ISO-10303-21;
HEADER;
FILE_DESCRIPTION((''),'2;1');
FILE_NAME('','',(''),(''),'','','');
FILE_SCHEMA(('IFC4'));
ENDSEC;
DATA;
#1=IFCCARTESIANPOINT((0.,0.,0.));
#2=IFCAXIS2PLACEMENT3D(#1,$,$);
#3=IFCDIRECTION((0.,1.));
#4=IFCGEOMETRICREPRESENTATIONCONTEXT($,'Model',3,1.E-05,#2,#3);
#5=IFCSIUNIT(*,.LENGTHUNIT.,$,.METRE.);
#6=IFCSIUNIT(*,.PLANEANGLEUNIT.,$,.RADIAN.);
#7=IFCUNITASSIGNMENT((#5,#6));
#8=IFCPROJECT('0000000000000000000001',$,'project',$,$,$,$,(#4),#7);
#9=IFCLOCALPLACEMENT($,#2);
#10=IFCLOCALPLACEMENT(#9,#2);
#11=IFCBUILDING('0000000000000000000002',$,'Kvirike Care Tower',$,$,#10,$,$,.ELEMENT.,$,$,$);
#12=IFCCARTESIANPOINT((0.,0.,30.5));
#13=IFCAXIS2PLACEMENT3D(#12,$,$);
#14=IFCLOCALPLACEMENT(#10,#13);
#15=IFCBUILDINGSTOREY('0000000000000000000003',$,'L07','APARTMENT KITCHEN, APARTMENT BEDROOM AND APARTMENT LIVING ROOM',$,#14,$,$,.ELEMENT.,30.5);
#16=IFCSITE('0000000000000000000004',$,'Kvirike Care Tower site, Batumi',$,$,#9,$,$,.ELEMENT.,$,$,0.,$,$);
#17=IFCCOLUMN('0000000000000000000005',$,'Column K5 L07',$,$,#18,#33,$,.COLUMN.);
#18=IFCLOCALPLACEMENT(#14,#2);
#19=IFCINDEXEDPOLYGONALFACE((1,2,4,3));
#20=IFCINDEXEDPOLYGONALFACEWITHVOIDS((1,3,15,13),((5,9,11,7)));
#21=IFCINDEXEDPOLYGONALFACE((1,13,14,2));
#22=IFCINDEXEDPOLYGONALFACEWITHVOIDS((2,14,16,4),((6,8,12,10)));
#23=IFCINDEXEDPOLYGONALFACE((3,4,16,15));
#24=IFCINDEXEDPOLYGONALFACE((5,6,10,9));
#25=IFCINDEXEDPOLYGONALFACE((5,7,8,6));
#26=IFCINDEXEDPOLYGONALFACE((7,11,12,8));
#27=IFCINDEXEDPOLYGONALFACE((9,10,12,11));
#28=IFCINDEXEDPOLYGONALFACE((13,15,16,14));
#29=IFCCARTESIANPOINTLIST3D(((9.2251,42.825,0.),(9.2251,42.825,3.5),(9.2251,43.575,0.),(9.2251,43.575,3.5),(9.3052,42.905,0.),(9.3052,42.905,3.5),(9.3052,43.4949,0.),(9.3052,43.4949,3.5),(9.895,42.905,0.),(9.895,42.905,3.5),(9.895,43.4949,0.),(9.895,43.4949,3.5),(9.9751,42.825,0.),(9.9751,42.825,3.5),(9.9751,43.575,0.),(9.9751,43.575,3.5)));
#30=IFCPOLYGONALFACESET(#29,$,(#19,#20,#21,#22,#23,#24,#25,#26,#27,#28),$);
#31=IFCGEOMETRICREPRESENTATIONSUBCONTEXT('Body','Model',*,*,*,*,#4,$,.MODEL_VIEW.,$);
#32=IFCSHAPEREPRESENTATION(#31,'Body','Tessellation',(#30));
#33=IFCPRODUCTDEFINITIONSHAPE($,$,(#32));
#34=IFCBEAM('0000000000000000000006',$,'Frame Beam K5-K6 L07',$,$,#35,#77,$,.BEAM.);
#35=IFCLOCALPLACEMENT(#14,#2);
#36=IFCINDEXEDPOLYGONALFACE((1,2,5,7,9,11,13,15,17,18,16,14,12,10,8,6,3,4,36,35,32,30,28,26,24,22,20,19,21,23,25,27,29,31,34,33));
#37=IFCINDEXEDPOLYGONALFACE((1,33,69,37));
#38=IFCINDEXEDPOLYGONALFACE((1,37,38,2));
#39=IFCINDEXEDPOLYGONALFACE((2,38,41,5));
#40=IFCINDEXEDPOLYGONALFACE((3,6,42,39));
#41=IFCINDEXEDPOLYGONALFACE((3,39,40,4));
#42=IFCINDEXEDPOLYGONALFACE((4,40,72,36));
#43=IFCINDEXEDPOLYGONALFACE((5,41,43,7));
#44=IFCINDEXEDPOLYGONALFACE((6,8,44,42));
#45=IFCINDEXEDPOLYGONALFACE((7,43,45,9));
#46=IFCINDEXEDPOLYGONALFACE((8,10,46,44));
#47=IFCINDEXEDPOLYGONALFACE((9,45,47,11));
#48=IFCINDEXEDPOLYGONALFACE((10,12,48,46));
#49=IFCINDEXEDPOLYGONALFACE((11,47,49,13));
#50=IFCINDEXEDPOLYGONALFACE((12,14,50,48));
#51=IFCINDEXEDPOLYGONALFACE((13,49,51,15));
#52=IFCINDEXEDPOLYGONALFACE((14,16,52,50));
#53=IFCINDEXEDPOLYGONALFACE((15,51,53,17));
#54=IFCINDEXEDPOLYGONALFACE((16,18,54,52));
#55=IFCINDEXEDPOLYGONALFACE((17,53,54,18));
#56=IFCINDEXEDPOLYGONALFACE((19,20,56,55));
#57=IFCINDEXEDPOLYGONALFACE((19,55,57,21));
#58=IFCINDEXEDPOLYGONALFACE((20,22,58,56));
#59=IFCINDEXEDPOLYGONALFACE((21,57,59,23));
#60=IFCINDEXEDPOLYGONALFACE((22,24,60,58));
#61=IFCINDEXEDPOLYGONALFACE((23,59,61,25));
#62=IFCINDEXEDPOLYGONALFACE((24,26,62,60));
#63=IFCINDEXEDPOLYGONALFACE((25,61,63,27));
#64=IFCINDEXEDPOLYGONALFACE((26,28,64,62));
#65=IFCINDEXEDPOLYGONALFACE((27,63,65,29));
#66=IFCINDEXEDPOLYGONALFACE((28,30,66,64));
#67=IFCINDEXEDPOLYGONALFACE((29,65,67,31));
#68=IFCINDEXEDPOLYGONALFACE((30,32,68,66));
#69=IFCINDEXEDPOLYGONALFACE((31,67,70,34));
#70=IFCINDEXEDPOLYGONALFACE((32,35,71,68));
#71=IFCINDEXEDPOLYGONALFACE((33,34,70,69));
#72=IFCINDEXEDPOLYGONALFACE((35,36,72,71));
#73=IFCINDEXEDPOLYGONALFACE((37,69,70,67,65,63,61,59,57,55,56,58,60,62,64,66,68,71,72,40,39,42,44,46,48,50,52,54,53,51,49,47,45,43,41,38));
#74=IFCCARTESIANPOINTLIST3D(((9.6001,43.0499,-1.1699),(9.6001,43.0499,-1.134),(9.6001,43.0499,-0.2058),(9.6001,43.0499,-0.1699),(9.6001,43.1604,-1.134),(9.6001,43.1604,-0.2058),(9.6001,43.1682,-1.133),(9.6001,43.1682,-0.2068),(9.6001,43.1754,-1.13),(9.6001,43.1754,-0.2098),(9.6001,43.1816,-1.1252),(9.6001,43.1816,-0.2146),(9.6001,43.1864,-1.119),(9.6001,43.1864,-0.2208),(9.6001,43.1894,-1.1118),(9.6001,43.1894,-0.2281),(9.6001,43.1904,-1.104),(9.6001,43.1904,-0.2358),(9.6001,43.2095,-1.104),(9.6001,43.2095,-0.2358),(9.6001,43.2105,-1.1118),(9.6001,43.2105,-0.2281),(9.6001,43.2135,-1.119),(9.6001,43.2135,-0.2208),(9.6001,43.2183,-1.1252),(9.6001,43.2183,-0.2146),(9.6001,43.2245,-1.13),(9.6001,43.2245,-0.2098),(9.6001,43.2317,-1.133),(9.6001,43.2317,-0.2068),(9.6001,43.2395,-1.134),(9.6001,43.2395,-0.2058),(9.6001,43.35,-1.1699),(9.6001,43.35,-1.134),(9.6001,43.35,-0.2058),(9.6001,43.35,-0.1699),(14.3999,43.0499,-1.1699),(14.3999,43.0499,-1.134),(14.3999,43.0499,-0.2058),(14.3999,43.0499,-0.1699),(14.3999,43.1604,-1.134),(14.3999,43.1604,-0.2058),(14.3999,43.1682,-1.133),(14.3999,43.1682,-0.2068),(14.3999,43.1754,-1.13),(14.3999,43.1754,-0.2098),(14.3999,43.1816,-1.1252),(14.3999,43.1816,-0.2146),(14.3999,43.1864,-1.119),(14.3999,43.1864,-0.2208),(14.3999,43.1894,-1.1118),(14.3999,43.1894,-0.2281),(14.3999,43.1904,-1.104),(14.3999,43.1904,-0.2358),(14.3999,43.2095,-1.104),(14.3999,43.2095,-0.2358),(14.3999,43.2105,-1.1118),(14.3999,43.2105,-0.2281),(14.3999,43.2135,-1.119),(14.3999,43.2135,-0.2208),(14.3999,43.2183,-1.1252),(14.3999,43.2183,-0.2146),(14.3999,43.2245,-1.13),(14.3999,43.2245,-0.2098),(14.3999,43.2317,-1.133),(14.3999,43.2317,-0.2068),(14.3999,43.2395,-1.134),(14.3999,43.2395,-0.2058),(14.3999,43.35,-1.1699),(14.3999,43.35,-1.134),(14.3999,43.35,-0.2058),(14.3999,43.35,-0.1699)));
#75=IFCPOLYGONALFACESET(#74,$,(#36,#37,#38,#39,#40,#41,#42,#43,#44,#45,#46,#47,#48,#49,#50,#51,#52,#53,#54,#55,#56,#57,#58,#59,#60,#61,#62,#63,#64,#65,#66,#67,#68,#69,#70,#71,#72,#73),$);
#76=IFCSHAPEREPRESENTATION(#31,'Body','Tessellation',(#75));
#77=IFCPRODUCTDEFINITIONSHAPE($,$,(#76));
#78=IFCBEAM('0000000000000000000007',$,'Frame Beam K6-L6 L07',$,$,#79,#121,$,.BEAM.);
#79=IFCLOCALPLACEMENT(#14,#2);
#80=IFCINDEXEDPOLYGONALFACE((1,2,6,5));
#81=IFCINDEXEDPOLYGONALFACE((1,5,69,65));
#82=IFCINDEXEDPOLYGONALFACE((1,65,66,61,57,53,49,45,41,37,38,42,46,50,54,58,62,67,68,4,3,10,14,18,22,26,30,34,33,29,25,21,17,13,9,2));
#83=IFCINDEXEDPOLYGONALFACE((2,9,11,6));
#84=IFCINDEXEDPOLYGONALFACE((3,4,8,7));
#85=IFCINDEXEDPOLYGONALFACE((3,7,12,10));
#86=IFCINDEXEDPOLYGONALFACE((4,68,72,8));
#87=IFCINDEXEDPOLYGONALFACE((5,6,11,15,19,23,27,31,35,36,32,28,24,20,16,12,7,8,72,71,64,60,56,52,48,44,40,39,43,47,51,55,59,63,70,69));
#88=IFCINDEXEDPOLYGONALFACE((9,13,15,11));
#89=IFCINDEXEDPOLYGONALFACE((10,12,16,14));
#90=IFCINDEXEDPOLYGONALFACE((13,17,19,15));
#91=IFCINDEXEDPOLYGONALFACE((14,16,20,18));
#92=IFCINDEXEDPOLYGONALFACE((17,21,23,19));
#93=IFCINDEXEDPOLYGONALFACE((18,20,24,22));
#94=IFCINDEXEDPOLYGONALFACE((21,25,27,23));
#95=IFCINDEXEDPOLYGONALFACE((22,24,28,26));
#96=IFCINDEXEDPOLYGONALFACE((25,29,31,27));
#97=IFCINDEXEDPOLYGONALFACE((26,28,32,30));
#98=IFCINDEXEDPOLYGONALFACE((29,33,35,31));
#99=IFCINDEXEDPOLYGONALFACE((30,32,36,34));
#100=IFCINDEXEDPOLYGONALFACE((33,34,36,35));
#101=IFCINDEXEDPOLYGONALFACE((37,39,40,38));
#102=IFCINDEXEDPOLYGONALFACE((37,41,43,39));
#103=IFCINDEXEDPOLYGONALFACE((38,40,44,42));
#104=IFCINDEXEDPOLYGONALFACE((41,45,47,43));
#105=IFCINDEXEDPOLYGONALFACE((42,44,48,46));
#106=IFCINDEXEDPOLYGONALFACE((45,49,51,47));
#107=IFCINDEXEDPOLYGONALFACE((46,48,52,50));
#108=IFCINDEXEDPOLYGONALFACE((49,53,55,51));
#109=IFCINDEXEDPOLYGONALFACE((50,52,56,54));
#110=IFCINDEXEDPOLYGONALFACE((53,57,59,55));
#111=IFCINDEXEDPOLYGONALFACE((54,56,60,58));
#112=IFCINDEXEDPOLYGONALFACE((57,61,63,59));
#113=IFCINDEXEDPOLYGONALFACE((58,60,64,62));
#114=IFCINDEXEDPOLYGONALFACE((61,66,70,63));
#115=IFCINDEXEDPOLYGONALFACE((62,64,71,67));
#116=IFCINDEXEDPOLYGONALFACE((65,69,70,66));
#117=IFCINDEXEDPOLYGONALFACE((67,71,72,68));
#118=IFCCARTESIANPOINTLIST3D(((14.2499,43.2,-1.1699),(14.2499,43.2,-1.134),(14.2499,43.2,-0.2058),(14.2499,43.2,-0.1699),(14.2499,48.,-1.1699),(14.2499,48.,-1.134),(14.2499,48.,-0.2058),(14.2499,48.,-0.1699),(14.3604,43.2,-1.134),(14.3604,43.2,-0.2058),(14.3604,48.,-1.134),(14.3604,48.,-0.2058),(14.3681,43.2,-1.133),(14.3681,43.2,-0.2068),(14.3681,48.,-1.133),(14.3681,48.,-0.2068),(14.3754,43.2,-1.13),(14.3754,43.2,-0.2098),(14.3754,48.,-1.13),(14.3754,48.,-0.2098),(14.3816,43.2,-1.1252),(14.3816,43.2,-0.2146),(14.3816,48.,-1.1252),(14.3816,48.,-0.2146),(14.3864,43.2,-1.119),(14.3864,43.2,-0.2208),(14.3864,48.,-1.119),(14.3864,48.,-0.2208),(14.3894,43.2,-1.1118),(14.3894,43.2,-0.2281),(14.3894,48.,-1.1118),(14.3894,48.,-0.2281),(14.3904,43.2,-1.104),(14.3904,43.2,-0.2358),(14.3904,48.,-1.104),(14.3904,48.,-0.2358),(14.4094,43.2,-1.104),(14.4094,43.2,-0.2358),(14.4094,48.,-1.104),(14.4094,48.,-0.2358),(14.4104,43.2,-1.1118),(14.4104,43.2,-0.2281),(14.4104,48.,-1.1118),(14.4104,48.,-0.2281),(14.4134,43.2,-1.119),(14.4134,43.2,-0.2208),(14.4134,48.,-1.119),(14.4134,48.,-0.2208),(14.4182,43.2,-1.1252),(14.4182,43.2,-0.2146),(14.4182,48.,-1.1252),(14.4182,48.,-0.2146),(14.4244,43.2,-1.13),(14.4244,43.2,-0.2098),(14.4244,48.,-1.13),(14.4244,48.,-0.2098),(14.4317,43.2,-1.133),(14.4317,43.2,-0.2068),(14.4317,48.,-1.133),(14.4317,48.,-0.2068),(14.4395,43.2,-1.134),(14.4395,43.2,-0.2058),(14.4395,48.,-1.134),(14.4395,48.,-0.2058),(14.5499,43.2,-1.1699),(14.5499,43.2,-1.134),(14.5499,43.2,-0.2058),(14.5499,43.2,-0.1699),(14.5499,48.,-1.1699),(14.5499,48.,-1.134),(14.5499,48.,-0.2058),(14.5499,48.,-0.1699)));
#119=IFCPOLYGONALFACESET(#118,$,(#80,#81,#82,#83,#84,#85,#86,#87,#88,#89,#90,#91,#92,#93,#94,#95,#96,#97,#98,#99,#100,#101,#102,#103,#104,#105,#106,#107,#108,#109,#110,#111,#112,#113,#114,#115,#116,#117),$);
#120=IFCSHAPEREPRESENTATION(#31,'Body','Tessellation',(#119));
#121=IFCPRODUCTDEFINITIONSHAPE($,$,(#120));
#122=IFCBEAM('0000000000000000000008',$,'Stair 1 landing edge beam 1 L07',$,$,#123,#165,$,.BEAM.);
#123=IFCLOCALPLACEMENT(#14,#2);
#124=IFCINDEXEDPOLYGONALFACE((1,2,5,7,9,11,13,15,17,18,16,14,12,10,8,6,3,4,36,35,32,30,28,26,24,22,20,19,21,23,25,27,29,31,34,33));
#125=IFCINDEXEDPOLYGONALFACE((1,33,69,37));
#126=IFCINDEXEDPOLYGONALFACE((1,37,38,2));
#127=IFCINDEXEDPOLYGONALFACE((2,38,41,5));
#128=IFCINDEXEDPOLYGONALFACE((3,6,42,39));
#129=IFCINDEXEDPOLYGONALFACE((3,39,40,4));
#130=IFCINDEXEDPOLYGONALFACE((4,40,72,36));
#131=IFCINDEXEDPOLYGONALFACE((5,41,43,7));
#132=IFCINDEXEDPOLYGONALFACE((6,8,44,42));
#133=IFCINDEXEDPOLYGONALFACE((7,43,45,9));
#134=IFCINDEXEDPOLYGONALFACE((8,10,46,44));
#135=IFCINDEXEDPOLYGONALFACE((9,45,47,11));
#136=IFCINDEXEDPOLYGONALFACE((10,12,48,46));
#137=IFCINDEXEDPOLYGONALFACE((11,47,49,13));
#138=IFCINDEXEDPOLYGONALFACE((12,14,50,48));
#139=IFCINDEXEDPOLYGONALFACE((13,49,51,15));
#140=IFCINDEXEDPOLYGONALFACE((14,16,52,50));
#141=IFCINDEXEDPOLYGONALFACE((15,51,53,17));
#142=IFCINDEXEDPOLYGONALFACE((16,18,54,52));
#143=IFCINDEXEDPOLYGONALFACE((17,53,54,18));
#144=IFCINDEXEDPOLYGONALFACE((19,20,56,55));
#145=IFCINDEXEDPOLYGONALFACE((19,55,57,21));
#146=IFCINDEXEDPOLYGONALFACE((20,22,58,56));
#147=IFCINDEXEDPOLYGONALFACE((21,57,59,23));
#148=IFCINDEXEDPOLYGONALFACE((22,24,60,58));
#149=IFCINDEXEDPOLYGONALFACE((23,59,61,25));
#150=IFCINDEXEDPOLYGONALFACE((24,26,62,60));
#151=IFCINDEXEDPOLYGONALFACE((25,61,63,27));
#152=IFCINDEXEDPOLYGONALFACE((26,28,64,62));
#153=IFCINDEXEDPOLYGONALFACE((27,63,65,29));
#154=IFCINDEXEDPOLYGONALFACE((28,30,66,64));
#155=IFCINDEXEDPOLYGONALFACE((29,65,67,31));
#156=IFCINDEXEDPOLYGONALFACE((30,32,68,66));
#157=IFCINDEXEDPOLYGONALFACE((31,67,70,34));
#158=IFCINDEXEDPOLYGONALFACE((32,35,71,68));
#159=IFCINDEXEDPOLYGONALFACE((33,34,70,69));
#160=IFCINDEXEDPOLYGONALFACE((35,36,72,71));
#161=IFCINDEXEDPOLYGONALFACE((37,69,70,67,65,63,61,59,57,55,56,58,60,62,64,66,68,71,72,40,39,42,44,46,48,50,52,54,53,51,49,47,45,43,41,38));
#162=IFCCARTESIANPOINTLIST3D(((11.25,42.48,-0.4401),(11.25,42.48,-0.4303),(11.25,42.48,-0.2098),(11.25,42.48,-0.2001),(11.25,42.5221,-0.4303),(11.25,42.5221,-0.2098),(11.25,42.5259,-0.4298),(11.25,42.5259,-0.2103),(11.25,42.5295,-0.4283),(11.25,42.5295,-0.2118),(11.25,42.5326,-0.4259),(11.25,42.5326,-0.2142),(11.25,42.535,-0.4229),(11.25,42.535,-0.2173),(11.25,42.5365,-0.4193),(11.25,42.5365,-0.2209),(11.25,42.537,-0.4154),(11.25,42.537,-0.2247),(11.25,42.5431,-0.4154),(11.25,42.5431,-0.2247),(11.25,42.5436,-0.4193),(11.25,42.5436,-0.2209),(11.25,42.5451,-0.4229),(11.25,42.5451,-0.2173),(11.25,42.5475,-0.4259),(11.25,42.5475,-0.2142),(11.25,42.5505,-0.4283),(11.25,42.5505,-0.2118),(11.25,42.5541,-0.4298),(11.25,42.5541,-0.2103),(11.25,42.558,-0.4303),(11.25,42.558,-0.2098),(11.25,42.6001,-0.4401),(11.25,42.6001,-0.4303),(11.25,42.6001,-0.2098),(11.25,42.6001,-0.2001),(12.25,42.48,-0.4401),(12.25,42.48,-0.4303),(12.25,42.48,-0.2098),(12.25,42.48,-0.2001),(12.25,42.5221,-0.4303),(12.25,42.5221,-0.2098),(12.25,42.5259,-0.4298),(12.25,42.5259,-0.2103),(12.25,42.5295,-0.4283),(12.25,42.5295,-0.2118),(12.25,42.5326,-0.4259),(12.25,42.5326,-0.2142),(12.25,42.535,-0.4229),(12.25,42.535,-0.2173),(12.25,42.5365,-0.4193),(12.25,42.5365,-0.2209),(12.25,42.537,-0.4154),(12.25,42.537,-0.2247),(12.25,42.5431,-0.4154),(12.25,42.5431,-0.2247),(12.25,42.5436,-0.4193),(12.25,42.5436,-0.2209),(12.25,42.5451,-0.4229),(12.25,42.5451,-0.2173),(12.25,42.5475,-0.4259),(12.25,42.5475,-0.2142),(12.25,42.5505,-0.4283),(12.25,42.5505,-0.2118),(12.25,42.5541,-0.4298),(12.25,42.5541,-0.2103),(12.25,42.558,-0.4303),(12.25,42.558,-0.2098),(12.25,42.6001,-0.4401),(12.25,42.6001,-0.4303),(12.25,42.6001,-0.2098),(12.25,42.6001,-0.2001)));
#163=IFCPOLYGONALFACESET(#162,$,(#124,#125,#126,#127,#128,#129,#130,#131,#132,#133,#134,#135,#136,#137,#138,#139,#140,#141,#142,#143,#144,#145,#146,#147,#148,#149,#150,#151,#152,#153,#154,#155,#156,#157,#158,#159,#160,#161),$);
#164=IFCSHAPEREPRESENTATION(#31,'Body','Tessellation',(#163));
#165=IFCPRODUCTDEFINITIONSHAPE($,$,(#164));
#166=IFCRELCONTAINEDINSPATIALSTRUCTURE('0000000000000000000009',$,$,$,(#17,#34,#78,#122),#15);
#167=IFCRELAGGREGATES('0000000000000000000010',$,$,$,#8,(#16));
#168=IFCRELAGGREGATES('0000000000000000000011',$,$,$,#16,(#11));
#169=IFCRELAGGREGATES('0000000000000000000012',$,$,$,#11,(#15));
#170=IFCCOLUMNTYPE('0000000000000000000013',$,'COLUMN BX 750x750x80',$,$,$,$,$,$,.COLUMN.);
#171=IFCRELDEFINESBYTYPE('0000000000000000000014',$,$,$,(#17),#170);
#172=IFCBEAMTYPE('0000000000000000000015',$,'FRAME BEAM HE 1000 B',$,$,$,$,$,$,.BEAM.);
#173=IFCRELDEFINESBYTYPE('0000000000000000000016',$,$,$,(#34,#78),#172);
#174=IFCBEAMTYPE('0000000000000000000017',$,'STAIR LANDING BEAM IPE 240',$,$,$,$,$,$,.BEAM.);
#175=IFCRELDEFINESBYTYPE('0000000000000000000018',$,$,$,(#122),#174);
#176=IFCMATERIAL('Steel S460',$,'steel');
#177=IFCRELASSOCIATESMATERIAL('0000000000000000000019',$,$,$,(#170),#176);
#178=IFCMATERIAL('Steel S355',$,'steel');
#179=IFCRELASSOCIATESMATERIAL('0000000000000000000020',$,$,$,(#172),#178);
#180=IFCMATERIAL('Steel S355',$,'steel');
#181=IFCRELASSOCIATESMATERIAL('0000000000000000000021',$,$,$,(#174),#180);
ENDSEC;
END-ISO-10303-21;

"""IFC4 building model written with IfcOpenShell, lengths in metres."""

from ifc_helpers import new_model, si_unit, direction, frame, origin, origin_2d, place, context, subcontext, project, spatial, hollow_rectangle, i_section, extrude, material, material_profile, profile_set, type_object, element, save


model = new_model("IFC4")

# Units and contexts
model_context = context("Model", 3, precision=1e-05, world=origin(), true_north=direction((0.0, 1.0)))
body_context = subcontext(model_context, "Body", "Model", "MODEL_VIEW")
ifc_project = project(units=[si_unit("LENGTHUNIT", "METRE"), si_unit("PLANEANGLEUNIT", "RADIAN")], contexts=[model_context])

# Site, building, storey
site_placement = place(None, origin())
site = spatial("IfcSite", under=ifc_project, at=site_placement, Name="Kvirike Care Tower site, Batumi", CompositionType="ELEMENT", RefElevation=0.0)
building_placement = place(site_placement, origin())
building = spatial("IfcBuilding", under=site, at=building_placement, Name="Kvirike Care Tower", CompositionType="ELEMENT")
storey_placement = place(building_placement, frame((0.0, 0.0, 30.5)))
storey = spatial("IfcBuildingStorey", under=building, at=storey_placement, Name="L07", Description="APARTMENT KITCHEN, APARTMENT BEDROOM AND APARTMENT LIVING ROOM", CompositionType="ELEMENT", Elevation=30.5)

# Column
ifc_material_1 = material(Name="Steel S460", Category="steel")
ifc_material_profile_1 = material_profile(ifc_material_1, hollow_rectangle(XDim=0.75, YDim=0.75, WallThickness=0.0801, at=origin_2d()), Name="BX 750x750x80")
ifc_profile_set_1 = profile_set([ifc_material_profile_1], Name="Steel S460")
column_type = type_object("IfcColumnType", Name="COLUMN BX 750x750x80", PredefinedType="COLUMN", material=ifc_profile_set_1)
column_placement = place(storey_placement, frame((9.6001, 43.2, 0.0), z_axis=(0.0, 0.0, 1.0), x_axis=(0.0, 1.0, 0.0)))
element("IfcColumn", 1, at=column_placement, inside=storey, type_object=column_type, Name="Column K5 L07", PredefinedType="COLUMN", context=body_context, shape_type="SweptSolid", body=[
    extrude(hollow_rectangle(XDim=0.75, YDim=0.75, WallThickness=0.0801, at=origin_2d()), origin(), (0.0, 0.0, 1.0), 3.5),
])

# Beams
ifc_material_2 = material(Name="Steel S355", Category="steel")
ifc_material_profile_2 = material_profile(ifc_material_2, i_section(OverallWidth=0.3, OverallDepth=1.0, WebThickness=0.019, FlangeThickness=0.0359, FilletRadius=0.03, at=origin_2d()), Name="HE 1000 B")
ifc_profile_set_2 = profile_set([ifc_material_profile_2], Name="Steel S355")
beam_type_1 = type_object("IfcBeamType", Name="FRAME BEAM HE 1000 B", PredefinedType="BEAM", material=ifc_profile_set_2)
beam_1_placement = place(storey_placement, frame((9.6001, 43.2, -0.6699), z_axis=(1.0, 0.0, 0.0), x_axis=(0.0, 1.0, 0.0)))
element("IfcBeam", 2, at=beam_1_placement, inside=storey, type_object=beam_type_1, Name="Frame Beam K5-K6 L07", PredefinedType="BEAM", context=body_context, shape_type="SweptSolid", body=[
    extrude(i_section(OverallWidth=0.3, OverallDepth=1.0, WebThickness=0.019, FlangeThickness=0.0359, FilletRadius=0.03, at=origin_2d()), origin(), (0.0, 0.0, 1.0), 4.7998),
])
beam_2_placement = place(storey_placement, frame((14.3999, 43.2, -0.6699), z_axis=(0.0, 1.0, 0.0), x_axis=(-1.0, 0.0, 0.0)))
element("IfcBeam", 3, at=beam_2_placement, inside=storey, type_object=beam_type_1, Name="Frame Beam K6-L6 L07", PredefinedType="BEAM", context=body_context, shape_type="SweptSolid", body=[
    extrude(i_section(OverallWidth=0.3, OverallDepth=1.0, WebThickness=0.019, FlangeThickness=0.0359, FilletRadius=0.03, at=origin_2d()), origin(), (0.0, 0.0, 1.0), 4.8),
])
ifc_material_3 = material(Name="Steel S355", Category="steel")
ifc_material_profile_3 = material_profile(ifc_material_3, i_section(OverallWidth=0.1201, OverallDepth=0.24, WebThickness=0.0061, FlangeThickness=0.0098, FilletRadius=0.0149, at=origin_2d()), Name="IPE 240")
ifc_profile_set_3 = profile_set([ifc_material_profile_3], Name="Steel S355")
beam_type_2 = type_object("IfcBeamType", Name="STAIR LANDING BEAM IPE 240", PredefinedType="BEAM", material=ifc_profile_set_3)
for number, where, z_axis, x_axis, name in (
    (4, (11.25, 42.54, -0.3201), (1.0, 0.0, 0.0), (0.0, 1.0, 0.0), "Stair 1 landing edge beam 1 L07"),
):
    element("IfcBeam", number, at=place(storey_placement, frame(where, z_axis=z_axis, x_axis=x_axis)), inside=storey, type_object=beam_type_2, Name=name, PredefinedType="BEAM", context=body_context, shape_type="SweptSolid", body=[
        extrude(i_section(OverallWidth=0.1201, OverallDepth=0.24, WebThickness=0.0061, FlangeThickness=0.0098, FilletRadius=0.0149, at=origin_2d()), origin(), (0.0, 0.0, 1.0), 1.0),
    ])

save(model, "model.ifc")
